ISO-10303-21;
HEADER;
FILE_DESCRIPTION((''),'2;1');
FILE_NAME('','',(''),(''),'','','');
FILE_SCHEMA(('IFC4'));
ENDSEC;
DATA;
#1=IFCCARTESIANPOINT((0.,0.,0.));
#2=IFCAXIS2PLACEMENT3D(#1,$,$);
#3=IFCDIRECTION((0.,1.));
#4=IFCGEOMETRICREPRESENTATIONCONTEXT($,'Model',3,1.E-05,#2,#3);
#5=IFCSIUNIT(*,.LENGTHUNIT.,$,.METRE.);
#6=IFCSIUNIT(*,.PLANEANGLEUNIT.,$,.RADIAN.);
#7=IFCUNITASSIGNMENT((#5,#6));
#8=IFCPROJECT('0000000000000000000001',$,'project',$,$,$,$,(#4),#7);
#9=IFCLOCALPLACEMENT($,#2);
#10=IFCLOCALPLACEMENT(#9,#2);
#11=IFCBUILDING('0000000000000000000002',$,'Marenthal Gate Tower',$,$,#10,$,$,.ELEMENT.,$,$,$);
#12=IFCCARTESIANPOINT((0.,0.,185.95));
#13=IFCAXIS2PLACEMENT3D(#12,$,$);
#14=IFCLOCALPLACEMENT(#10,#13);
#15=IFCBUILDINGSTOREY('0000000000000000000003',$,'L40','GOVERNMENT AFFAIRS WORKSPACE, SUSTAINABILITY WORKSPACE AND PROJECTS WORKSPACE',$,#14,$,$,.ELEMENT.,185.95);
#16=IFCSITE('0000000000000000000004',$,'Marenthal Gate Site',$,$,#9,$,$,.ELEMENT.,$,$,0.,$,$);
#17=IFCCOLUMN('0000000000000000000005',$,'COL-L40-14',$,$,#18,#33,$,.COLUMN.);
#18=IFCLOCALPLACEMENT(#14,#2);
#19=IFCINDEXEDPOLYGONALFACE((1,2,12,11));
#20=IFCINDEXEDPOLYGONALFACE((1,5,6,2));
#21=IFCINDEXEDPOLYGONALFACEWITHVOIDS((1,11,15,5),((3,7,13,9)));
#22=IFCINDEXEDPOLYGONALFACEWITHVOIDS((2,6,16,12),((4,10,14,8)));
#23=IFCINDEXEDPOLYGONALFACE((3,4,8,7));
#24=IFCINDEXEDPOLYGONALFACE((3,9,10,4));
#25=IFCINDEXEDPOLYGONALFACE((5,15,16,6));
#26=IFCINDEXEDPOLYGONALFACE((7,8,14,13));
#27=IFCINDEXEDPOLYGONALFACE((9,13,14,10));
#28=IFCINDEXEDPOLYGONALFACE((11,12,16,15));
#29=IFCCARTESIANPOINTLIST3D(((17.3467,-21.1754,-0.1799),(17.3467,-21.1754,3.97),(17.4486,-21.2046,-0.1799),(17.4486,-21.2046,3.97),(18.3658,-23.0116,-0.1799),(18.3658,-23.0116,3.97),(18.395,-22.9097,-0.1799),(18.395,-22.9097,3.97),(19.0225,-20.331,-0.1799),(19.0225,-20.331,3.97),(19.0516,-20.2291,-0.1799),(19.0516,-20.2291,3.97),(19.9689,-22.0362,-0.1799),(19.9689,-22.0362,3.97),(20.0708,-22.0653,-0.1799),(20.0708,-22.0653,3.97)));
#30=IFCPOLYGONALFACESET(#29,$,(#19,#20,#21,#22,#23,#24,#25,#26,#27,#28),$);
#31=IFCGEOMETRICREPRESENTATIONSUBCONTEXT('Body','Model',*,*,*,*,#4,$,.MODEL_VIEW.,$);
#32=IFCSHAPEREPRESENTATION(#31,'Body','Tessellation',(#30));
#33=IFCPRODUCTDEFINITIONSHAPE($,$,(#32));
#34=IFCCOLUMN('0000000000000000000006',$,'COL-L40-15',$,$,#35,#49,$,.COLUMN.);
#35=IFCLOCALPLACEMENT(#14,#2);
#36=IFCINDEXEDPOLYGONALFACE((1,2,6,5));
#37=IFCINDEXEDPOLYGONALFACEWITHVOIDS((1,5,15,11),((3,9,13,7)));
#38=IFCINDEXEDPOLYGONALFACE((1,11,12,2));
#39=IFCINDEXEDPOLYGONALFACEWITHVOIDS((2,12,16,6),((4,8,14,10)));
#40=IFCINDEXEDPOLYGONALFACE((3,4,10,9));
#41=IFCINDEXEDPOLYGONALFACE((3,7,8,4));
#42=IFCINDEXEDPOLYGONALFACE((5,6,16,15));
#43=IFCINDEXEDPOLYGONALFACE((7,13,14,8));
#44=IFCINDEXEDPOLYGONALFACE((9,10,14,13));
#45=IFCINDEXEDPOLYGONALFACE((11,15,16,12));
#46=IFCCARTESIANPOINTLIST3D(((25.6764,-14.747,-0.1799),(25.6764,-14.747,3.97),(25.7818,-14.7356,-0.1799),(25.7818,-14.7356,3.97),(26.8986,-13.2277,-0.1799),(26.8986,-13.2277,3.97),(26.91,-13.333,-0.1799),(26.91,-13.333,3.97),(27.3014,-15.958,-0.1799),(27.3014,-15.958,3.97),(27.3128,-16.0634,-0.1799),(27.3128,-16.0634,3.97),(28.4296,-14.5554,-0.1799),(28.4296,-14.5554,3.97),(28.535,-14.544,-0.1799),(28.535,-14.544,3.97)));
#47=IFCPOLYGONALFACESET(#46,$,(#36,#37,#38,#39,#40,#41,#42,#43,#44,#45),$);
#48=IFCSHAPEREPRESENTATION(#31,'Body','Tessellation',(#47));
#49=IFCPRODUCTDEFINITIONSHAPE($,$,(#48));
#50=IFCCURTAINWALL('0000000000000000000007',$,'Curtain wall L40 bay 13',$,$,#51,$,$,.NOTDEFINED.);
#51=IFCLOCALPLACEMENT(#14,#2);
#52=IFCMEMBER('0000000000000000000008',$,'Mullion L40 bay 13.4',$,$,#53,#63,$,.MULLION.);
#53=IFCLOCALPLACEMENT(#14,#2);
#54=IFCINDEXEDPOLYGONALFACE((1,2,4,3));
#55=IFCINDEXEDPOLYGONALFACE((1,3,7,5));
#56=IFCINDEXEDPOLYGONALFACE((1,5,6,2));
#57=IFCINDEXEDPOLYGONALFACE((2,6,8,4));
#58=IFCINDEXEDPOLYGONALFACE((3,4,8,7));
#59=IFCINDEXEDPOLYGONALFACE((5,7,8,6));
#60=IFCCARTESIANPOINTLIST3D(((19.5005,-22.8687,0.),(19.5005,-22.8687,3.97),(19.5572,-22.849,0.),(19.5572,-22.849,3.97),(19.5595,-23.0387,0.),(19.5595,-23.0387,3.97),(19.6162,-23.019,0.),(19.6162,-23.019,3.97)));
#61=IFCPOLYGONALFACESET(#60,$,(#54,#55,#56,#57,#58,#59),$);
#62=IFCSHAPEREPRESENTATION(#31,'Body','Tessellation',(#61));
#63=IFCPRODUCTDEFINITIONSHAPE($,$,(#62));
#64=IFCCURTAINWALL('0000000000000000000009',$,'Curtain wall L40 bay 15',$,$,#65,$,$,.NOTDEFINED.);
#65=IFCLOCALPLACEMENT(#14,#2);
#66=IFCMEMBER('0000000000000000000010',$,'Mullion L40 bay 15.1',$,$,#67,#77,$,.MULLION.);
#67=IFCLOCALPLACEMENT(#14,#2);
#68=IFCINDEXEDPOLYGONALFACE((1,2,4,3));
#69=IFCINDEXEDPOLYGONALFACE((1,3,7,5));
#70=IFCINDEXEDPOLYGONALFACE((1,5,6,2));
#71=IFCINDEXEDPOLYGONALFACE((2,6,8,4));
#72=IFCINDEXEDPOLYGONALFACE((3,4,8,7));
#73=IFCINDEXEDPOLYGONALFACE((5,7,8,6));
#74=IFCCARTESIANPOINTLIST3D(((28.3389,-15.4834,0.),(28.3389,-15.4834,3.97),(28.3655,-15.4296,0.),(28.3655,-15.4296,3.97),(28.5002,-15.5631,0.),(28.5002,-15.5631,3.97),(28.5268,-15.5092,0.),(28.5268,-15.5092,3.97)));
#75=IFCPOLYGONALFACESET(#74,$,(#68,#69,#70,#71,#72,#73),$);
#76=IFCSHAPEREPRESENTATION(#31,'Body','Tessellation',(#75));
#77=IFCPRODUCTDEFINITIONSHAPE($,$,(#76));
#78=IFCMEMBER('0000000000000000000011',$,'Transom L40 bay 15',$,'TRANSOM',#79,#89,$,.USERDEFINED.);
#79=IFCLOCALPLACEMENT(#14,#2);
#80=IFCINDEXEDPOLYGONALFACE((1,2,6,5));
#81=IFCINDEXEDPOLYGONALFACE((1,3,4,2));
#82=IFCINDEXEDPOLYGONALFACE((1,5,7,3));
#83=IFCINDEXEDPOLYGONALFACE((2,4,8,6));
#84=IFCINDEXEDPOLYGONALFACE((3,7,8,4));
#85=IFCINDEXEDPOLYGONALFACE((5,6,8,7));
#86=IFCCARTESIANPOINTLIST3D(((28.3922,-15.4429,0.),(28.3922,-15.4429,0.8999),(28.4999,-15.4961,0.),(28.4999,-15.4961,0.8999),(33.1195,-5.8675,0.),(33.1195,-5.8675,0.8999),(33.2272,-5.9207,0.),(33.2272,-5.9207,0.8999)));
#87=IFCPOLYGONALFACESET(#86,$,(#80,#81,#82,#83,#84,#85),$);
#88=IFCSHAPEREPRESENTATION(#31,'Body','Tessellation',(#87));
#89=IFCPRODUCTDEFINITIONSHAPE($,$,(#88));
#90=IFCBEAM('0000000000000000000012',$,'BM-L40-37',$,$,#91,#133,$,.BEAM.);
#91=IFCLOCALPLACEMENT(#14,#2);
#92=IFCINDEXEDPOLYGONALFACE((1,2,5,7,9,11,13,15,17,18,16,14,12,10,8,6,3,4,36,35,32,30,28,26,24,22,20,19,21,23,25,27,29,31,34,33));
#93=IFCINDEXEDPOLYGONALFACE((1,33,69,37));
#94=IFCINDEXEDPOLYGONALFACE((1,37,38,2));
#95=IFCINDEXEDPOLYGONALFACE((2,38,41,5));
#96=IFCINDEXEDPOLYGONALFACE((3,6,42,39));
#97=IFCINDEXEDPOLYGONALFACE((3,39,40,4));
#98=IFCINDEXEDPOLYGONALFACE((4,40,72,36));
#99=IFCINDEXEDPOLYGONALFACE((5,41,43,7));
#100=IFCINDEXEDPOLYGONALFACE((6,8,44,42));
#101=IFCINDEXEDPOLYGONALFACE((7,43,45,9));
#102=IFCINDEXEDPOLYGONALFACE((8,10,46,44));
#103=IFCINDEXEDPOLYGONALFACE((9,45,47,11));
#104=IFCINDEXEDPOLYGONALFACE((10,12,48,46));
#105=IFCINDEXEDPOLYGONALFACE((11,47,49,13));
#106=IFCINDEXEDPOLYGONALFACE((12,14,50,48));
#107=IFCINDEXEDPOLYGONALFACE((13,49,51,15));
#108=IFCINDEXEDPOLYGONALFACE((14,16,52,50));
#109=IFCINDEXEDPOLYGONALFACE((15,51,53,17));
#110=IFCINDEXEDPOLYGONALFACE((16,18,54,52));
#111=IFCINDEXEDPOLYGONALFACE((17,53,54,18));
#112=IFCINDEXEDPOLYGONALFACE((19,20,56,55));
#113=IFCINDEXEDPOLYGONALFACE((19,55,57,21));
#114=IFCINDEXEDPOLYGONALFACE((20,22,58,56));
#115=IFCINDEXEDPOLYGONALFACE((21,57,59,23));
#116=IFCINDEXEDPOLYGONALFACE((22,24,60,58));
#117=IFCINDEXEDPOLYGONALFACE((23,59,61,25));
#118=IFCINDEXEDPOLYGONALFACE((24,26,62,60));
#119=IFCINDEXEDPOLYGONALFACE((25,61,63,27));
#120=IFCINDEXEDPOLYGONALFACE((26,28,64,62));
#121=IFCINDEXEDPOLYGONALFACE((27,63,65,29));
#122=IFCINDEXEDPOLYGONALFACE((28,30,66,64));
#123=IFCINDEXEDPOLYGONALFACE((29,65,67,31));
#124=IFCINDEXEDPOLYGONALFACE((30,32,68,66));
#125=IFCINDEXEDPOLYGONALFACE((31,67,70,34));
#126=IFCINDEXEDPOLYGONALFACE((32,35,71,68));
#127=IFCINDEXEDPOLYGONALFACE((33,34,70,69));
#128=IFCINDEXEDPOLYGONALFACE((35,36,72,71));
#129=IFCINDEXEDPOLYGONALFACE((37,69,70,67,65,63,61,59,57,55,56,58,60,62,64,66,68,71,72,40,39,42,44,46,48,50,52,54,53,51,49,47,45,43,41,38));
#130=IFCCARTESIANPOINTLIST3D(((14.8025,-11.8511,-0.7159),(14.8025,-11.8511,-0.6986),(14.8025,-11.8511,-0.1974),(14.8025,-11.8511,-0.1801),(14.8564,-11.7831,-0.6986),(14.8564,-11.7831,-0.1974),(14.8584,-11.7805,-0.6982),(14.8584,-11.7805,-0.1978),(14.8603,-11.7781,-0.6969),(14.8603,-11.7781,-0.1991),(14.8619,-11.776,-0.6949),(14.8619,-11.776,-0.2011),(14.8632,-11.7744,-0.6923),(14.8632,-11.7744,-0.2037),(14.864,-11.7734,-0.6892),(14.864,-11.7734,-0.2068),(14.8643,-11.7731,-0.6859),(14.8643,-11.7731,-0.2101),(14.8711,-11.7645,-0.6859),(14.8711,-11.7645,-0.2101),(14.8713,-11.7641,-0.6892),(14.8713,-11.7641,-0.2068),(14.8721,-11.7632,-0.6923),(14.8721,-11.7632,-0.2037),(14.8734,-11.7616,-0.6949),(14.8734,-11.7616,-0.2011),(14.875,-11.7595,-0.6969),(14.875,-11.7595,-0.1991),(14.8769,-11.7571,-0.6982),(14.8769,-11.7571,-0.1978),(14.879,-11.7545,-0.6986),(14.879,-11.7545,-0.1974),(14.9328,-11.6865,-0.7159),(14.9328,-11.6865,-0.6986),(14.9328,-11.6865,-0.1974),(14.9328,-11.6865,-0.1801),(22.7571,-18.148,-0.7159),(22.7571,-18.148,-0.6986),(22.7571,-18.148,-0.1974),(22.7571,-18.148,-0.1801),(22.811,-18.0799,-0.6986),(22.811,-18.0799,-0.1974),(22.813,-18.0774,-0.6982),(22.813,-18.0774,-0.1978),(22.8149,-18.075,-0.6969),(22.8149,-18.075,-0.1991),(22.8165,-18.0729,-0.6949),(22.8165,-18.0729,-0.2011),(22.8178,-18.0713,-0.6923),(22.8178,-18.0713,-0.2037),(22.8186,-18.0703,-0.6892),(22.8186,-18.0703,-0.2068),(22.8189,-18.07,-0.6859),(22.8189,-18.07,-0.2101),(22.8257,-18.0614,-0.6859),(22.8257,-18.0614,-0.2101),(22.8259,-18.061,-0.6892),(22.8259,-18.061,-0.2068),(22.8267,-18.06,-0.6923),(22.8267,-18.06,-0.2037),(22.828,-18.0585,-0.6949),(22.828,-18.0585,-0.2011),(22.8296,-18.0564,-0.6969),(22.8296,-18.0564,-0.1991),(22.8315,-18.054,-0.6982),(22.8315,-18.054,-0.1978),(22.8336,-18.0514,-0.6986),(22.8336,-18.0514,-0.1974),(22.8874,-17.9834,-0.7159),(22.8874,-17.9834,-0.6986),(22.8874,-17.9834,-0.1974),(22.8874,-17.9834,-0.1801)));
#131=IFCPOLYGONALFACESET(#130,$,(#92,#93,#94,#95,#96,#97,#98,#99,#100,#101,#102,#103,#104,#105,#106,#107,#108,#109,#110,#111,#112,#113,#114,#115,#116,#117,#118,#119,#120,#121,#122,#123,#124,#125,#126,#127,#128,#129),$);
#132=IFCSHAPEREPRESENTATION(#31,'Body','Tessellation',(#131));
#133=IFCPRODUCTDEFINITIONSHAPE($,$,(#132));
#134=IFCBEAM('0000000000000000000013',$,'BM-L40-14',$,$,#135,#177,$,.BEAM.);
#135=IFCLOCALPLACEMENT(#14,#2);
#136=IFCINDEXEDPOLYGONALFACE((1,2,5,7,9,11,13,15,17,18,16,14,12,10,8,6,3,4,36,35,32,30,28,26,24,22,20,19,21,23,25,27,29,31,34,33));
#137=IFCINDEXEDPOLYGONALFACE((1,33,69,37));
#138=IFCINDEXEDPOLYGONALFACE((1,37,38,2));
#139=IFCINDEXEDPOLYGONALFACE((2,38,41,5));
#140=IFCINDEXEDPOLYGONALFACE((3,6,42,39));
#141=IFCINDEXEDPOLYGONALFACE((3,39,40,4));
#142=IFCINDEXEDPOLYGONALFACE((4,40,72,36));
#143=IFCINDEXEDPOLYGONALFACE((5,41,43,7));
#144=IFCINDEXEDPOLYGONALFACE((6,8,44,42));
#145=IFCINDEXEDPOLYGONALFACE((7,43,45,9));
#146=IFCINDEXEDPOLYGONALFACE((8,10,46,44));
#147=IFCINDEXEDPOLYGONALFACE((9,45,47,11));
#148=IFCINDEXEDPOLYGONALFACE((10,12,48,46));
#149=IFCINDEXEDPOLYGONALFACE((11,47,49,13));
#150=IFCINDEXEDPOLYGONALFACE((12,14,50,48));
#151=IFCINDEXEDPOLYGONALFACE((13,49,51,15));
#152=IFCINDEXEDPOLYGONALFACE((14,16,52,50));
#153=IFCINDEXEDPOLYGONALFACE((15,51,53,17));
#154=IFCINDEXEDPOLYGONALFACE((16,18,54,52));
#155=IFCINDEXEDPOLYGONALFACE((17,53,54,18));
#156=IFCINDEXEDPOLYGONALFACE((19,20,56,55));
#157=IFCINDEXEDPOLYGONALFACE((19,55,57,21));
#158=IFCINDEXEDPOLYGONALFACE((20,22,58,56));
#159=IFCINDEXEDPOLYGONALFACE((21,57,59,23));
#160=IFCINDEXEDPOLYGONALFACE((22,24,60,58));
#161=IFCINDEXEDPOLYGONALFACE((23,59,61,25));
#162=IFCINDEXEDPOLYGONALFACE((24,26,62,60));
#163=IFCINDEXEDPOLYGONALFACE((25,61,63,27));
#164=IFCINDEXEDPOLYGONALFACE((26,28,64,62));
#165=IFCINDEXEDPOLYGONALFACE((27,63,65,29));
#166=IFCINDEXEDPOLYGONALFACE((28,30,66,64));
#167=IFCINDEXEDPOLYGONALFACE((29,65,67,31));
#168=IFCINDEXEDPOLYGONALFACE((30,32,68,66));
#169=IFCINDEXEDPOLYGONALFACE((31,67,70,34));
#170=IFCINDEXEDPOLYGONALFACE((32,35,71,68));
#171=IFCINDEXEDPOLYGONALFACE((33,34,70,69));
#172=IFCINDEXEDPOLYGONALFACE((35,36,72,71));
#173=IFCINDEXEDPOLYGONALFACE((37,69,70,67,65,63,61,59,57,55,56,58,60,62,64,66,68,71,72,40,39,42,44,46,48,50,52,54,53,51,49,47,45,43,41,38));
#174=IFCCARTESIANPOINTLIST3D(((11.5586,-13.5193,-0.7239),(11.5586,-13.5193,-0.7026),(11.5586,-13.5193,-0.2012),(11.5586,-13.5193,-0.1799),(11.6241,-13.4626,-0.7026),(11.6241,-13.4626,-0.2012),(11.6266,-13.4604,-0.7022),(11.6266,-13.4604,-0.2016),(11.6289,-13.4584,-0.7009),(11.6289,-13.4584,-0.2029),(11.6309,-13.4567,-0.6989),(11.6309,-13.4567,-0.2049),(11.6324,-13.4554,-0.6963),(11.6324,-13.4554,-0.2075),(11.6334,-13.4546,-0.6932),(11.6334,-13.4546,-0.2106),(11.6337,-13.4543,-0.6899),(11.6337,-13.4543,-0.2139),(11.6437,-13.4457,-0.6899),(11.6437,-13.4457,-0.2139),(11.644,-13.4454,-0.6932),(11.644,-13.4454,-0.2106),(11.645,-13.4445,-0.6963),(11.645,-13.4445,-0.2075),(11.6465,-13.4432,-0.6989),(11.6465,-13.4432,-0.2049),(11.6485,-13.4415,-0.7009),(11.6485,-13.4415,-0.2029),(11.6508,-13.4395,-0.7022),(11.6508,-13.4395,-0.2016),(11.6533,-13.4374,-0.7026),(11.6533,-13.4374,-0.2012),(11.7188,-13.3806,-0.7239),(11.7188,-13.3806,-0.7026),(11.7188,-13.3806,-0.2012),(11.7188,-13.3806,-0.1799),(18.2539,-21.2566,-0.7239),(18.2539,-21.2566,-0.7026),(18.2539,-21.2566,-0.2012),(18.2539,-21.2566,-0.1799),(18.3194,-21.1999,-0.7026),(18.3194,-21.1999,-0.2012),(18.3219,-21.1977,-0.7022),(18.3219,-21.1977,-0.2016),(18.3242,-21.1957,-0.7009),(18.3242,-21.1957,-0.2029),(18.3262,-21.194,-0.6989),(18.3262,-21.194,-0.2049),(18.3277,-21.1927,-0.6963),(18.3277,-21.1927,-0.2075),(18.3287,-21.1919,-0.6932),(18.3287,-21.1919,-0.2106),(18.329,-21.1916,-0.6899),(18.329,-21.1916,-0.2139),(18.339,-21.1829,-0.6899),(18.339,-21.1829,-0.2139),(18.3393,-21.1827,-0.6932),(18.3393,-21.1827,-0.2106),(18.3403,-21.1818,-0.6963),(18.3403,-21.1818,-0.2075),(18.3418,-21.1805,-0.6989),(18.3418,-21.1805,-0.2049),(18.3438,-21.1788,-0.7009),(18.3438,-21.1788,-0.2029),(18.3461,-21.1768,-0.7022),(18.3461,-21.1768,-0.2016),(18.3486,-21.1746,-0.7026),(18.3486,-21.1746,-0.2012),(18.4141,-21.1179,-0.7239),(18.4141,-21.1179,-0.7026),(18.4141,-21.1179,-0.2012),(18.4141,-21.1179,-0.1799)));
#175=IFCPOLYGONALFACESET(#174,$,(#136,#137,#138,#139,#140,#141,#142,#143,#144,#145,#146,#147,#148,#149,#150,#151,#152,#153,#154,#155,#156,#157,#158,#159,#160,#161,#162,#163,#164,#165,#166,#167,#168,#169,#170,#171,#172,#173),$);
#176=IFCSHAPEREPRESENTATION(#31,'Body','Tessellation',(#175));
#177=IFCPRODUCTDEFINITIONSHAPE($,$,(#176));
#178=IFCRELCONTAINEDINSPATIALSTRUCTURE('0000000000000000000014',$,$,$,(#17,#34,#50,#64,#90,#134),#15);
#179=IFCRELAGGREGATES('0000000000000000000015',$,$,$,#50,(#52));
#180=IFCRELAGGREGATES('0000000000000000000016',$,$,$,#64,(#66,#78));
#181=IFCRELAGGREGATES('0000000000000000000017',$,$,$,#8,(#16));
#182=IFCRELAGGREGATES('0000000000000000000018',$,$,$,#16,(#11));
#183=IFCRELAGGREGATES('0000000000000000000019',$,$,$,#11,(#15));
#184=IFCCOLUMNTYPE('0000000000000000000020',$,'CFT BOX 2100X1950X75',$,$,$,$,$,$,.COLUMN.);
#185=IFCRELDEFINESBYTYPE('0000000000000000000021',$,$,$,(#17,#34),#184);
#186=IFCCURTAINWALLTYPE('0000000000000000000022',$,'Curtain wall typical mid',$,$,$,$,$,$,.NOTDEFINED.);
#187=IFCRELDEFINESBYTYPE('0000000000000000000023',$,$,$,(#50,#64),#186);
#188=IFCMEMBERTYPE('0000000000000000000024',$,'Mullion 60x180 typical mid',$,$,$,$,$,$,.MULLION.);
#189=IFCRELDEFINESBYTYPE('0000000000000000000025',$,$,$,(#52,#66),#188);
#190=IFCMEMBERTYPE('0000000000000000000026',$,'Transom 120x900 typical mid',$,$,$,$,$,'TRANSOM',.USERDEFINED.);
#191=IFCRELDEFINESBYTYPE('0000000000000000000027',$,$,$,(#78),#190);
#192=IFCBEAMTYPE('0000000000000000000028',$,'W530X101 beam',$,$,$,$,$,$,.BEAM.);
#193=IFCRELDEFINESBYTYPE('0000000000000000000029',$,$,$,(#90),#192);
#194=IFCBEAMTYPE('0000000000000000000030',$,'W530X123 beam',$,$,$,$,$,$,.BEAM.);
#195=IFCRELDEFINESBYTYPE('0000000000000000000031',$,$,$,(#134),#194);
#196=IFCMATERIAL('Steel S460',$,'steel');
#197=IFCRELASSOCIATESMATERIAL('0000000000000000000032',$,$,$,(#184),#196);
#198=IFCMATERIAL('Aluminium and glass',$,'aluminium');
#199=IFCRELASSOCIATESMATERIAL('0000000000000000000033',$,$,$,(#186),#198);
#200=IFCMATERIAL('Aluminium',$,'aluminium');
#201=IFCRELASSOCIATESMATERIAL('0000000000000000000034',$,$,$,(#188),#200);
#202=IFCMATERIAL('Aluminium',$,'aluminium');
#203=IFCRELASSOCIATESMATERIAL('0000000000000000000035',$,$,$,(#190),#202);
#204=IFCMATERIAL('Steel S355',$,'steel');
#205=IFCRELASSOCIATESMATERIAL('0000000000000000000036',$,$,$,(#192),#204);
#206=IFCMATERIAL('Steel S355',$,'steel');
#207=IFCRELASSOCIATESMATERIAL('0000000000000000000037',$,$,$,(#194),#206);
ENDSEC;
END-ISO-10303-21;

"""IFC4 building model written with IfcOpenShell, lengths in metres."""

from ifc_helpers import new_model, si_unit, direction, frame, origin, origin_2d, place, context, subcontext, project, spatial, rectangle, hollow_rectangle, i_section, extrude, material, material_profile, profile_set, type_object, element, aggregate, save


model = new_model("IFC4")

# Units and contexts
model_context = context("Model", 3, precision=1e-05, world=origin(), true_north=direction((0.0, 1.0)))
body_context = subcontext(model_context, "Body", "Model", "MODEL_VIEW")
ifc_project = project(units=[si_unit("LENGTHUNIT", "METRE"), si_unit("PLANEANGLEUNIT", "RADIAN")], contexts=[model_context])

# Site, building, storey
site_placement = place(None, origin())
site = spatial("IfcSite", under=ifc_project, at=site_placement, Name="Marenthal Gate Site", CompositionType="ELEMENT", RefElevation=0.0)
building_placement = place(site_placement, origin())
building = spatial("IfcBuilding", under=site, at=building_placement, Name="Marenthal Gate Tower", CompositionType="ELEMENT")
storey_placement = place(building_placement, frame((0.0, 0.0, 185.95)))
storey = spatial("IfcBuildingStorey", under=building, at=storey_placement, Name="L40", Description="GOVERNMENT AFFAIRS WORKSPACE, SUSTAINABILITY WORKSPACE AND PROJECTS WORKSPACE", CompositionType="ELEMENT", Elevation=185.95)

# Columns
ifc_material_1 = material(Name="Steel S460", Category="steel")
ifc_material_profile_1 = material_profile(ifc_material_1, hollow_rectangle(XDim=1.95, YDim=2.1001, WallThickness=0.075, at=origin_2d()), Name="CFT BOX 2100X1950X75")
ifc_material_2 = material(Name="Concrete 70 MPa", Category="concrete")
ifc_material_profile_2 = material_profile(ifc_material_2, rectangle(XDim=1.8, YDim=1.95, at=origin_2d()), Name="CFT BOX 2100X1950X75 INFILL")
ifc_profile_set_1 = profile_set([ifc_material_profile_1, ifc_material_profile_2], Name="Steel S460 shell, Concrete 70 MPa infill")
column_type = type_object("IfcColumnType", Name="CFT BOX 2100X1950X75", PredefinedType="COLUMN", material=ifc_profile_set_1)
for number, where, z_axis, x_axis, name in (
    (1, (18.7087, -21.6204, -0.1799), (0.0, 0.0, 1.0), (-0.874354, -0.485289, 0.0), "COL-L40-14"),
    (2, (27.1057, -14.6455, -0.1799), (0.0, 0.0, 1.0), (-0.626783, -0.779194, 0.0), "COL-L40-15"),
):
    element("IfcColumn", number, at=place(storey_placement, frame(where, z_axis=z_axis, x_axis=x_axis)), inside=storey, type_object=column_type, Name=name, PredefinedType="COLUMN", context=body_context, shape_type="SweptSolid", body=[
        extrude(hollow_rectangle(XDim=1.95, YDim=2.1001, WallThickness=0.075, at=origin_2d()), origin(), (0.0, 0.0, 1.0), 4.1499),
    ])

# Curtain wall, member
ifc_material_3 = material(Name="Aluminium and glass", Category="aluminium")
curtain_wall_type = type_object("IfcCurtainWallType", Name="Curtain wall typical mid", PredefinedType="NOTDEFINED", material=ifc_material_3)
curtain_wall_1_placement = place(storey_placement, origin())
curtain_wall_1 = element("IfcCurtainWall", 3, at=curtain_wall_1_placement, inside=storey, type_object=curtain_wall_type, Name="Curtain wall L40 bay 13", PredefinedType="NOTDEFINED")
ifc_material_4 = material(Name="Aluminium", Category="aluminium")
ifc_material_profile_3 = material_profile(ifc_material_4, rectangle(XDim=0.1799, YDim=0.0601, at=origin_2d()), Name="60x180 aluminium mullion")
ifc_profile_set_2 = profile_set([ifc_material_profile_3], Name="Aluminium")
member_type_1 = type_object("IfcMemberType", Name="Mullion 60x180 typical mid", PredefinedType="MULLION", material=ifc_profile_set_2)
member_1_placement = place(storey_placement, frame((19.5583, -22.9438, 0.0), z_axis=(0.0, 0.0, 1.0), x_axis=(-0.328273, 0.944583, 0.0)))
member_1 = element("IfcMember", 4, at=member_1_placement, type_object=member_type_1, Name="Mullion L40 bay 13.4", PredefinedType="MULLION", context=body_context, shape_type="SweptSolid", body=[
    extrude(rectangle(XDim=0.1799, YDim=0.0601, at=origin_2d()), origin(), (0.0, 0.0, 1.0), 3.97),
])
aggregate(curtain_wall_1, [member_1])

# Curtain wall, members
curtain_wall_2_placement = place(storey_placement, origin())
curtain_wall_2 = element("IfcCurtainWall", 5, at=curtain_wall_2_placement, inside=storey, type_object=curtain_wall_type, Name="Curtain wall L40 bay 15", PredefinedType="NOTDEFINED")
member_2_placement = place(storey_placement, frame((28.4329, -15.4963, 0.0), z_axis=(0.0, 0.0, 1.0), x_axis=(-0.896681, 0.442678, 0.0)))
member_2 = element("IfcMember", 6, at=member_2_placement, type_object=member_type_1, Name="Mullion L40 bay 15.1", PredefinedType="MULLION", context=body_context, shape_type="SweptSolid", body=[
    extrude(rectangle(XDim=0.1799, YDim=0.0601, at=origin_2d()), origin(), (0.0, 0.0, 1.0), 3.97),
])
ifc_material_5 = material(Name="Aluminium", Category="aluminium")
ifc_material_profile_4 = material_profile(ifc_material_5, rectangle(XDim=0.1201, YDim=0.8999, at=origin_2d()), Name="120x900 aluminium transom")
ifc_profile_set_3 = profile_set([ifc_material_profile_4], Name="Aluminium")
member_type_2 = type_object("IfcMemberType", Name="Transom 120x900 typical mid", ElementType="TRANSOM", PredefinedType="USERDEFINED", material=ifc_profile_set_3)
member_3_placement = place(storey_placement, frame((28.446, -15.4695, 0.45), z_axis=(0.442681, 0.896679, 0.0), x_axis=(-0.896679, 0.442681, 0.0)))
member_3 = element("IfcMember", 7, at=member_3_placement, type_object=member_type_2, Name="Transom L40 bay 15", ObjectType="TRANSOM", PredefinedType="USERDEFINED", context=body_context, shape_type="SweptSolid", body=[
    extrude(rectangle(XDim=0.1201, YDim=0.8999, at=origin_2d()), origin(), (0.0, 0.0, 1.0), 10.6787),
])

# Beams
ifc_material_6 = material(Name="Steel S355", Category="steel")
ifc_material_profile_5 = material_profile(ifc_material_6, i_section(OverallWidth=0.21, OverallDepth=0.5359, WebThickness=0.011, FlangeThickness=0.0173, FilletRadius=0.0127, at=origin_2d()), Name="W530X101")
ifc_profile_set_4 = profile_set([ifc_material_profile_5], Name="Steel S355")
beam_type_1 = type_object("IfcBeamType", Name="W530X101 beam", PredefinedType="BEAM", material=ifc_profile_set_4)
beam_1_placement = place(storey_placement, frame((22.8223, -18.0657, -0.448), z_axis=(-0.78407, 0.620672, 0.0), x_axis=(-0.620672, -0.78407, 0.0)))
element("IfcBeam", 8, at=beam_1_placement, inside=storey, type_object=beam_type_1, Name="BM-L40-37", PredefinedType="BEAM", context=body_context, shape_type="SweptSolid", body=[
    extrude(i_section(OverallWidth=0.21, OverallDepth=0.5359, WebThickness=0.011, FlangeThickness=0.0173, FilletRadius=0.0127, at=origin_2d()), origin(), (0.0, 0.0, 1.0), 10.1453),
])
ifc_material_7 = material(Name="Steel S355", Category="steel")
ifc_material_profile_6 = material_profile(ifc_material_7, i_section(OverallWidth=0.2119, OverallDepth=0.5439, WebThickness=0.0132, FlangeThickness=0.0212, FilletRadius=0.0127, at=origin_2d()), Name="W530X123")
ifc_profile_set_5 = profile_set([ifc_material_profile_6], Name="Steel S355")
beam_type_2 = type_object("IfcBeamType", Name="W530X123 beam", PredefinedType="BEAM", material=ifc_profile_set_5)
beam_2_placement = place(storey_placement, frame((18.334, -21.1873, -0.4519), z_axis=(-0.654353, 0.75619, 0.0), x_axis=(-0.75619, -0.654353, 0.0)))
element("IfcBeam", 9, at=beam_2_placement, inside=storey, type_object=beam_type_2, Name="BM-L40-14", PredefinedType="BEAM", context=body_context, shape_type="SweptSolid", body=[
    extrude(i_section(OverallWidth=0.2119, OverallDepth=0.5439, WebThickness=0.0132, FlangeThickness=0.0212, FilletRadius=0.0127, at=origin_2d()), origin(), (0.0, 0.0, 1.0), 10.2319),
])

aggregate(curtain_wall_2, [member_2, member_3])

save(model, "model.ifc")
